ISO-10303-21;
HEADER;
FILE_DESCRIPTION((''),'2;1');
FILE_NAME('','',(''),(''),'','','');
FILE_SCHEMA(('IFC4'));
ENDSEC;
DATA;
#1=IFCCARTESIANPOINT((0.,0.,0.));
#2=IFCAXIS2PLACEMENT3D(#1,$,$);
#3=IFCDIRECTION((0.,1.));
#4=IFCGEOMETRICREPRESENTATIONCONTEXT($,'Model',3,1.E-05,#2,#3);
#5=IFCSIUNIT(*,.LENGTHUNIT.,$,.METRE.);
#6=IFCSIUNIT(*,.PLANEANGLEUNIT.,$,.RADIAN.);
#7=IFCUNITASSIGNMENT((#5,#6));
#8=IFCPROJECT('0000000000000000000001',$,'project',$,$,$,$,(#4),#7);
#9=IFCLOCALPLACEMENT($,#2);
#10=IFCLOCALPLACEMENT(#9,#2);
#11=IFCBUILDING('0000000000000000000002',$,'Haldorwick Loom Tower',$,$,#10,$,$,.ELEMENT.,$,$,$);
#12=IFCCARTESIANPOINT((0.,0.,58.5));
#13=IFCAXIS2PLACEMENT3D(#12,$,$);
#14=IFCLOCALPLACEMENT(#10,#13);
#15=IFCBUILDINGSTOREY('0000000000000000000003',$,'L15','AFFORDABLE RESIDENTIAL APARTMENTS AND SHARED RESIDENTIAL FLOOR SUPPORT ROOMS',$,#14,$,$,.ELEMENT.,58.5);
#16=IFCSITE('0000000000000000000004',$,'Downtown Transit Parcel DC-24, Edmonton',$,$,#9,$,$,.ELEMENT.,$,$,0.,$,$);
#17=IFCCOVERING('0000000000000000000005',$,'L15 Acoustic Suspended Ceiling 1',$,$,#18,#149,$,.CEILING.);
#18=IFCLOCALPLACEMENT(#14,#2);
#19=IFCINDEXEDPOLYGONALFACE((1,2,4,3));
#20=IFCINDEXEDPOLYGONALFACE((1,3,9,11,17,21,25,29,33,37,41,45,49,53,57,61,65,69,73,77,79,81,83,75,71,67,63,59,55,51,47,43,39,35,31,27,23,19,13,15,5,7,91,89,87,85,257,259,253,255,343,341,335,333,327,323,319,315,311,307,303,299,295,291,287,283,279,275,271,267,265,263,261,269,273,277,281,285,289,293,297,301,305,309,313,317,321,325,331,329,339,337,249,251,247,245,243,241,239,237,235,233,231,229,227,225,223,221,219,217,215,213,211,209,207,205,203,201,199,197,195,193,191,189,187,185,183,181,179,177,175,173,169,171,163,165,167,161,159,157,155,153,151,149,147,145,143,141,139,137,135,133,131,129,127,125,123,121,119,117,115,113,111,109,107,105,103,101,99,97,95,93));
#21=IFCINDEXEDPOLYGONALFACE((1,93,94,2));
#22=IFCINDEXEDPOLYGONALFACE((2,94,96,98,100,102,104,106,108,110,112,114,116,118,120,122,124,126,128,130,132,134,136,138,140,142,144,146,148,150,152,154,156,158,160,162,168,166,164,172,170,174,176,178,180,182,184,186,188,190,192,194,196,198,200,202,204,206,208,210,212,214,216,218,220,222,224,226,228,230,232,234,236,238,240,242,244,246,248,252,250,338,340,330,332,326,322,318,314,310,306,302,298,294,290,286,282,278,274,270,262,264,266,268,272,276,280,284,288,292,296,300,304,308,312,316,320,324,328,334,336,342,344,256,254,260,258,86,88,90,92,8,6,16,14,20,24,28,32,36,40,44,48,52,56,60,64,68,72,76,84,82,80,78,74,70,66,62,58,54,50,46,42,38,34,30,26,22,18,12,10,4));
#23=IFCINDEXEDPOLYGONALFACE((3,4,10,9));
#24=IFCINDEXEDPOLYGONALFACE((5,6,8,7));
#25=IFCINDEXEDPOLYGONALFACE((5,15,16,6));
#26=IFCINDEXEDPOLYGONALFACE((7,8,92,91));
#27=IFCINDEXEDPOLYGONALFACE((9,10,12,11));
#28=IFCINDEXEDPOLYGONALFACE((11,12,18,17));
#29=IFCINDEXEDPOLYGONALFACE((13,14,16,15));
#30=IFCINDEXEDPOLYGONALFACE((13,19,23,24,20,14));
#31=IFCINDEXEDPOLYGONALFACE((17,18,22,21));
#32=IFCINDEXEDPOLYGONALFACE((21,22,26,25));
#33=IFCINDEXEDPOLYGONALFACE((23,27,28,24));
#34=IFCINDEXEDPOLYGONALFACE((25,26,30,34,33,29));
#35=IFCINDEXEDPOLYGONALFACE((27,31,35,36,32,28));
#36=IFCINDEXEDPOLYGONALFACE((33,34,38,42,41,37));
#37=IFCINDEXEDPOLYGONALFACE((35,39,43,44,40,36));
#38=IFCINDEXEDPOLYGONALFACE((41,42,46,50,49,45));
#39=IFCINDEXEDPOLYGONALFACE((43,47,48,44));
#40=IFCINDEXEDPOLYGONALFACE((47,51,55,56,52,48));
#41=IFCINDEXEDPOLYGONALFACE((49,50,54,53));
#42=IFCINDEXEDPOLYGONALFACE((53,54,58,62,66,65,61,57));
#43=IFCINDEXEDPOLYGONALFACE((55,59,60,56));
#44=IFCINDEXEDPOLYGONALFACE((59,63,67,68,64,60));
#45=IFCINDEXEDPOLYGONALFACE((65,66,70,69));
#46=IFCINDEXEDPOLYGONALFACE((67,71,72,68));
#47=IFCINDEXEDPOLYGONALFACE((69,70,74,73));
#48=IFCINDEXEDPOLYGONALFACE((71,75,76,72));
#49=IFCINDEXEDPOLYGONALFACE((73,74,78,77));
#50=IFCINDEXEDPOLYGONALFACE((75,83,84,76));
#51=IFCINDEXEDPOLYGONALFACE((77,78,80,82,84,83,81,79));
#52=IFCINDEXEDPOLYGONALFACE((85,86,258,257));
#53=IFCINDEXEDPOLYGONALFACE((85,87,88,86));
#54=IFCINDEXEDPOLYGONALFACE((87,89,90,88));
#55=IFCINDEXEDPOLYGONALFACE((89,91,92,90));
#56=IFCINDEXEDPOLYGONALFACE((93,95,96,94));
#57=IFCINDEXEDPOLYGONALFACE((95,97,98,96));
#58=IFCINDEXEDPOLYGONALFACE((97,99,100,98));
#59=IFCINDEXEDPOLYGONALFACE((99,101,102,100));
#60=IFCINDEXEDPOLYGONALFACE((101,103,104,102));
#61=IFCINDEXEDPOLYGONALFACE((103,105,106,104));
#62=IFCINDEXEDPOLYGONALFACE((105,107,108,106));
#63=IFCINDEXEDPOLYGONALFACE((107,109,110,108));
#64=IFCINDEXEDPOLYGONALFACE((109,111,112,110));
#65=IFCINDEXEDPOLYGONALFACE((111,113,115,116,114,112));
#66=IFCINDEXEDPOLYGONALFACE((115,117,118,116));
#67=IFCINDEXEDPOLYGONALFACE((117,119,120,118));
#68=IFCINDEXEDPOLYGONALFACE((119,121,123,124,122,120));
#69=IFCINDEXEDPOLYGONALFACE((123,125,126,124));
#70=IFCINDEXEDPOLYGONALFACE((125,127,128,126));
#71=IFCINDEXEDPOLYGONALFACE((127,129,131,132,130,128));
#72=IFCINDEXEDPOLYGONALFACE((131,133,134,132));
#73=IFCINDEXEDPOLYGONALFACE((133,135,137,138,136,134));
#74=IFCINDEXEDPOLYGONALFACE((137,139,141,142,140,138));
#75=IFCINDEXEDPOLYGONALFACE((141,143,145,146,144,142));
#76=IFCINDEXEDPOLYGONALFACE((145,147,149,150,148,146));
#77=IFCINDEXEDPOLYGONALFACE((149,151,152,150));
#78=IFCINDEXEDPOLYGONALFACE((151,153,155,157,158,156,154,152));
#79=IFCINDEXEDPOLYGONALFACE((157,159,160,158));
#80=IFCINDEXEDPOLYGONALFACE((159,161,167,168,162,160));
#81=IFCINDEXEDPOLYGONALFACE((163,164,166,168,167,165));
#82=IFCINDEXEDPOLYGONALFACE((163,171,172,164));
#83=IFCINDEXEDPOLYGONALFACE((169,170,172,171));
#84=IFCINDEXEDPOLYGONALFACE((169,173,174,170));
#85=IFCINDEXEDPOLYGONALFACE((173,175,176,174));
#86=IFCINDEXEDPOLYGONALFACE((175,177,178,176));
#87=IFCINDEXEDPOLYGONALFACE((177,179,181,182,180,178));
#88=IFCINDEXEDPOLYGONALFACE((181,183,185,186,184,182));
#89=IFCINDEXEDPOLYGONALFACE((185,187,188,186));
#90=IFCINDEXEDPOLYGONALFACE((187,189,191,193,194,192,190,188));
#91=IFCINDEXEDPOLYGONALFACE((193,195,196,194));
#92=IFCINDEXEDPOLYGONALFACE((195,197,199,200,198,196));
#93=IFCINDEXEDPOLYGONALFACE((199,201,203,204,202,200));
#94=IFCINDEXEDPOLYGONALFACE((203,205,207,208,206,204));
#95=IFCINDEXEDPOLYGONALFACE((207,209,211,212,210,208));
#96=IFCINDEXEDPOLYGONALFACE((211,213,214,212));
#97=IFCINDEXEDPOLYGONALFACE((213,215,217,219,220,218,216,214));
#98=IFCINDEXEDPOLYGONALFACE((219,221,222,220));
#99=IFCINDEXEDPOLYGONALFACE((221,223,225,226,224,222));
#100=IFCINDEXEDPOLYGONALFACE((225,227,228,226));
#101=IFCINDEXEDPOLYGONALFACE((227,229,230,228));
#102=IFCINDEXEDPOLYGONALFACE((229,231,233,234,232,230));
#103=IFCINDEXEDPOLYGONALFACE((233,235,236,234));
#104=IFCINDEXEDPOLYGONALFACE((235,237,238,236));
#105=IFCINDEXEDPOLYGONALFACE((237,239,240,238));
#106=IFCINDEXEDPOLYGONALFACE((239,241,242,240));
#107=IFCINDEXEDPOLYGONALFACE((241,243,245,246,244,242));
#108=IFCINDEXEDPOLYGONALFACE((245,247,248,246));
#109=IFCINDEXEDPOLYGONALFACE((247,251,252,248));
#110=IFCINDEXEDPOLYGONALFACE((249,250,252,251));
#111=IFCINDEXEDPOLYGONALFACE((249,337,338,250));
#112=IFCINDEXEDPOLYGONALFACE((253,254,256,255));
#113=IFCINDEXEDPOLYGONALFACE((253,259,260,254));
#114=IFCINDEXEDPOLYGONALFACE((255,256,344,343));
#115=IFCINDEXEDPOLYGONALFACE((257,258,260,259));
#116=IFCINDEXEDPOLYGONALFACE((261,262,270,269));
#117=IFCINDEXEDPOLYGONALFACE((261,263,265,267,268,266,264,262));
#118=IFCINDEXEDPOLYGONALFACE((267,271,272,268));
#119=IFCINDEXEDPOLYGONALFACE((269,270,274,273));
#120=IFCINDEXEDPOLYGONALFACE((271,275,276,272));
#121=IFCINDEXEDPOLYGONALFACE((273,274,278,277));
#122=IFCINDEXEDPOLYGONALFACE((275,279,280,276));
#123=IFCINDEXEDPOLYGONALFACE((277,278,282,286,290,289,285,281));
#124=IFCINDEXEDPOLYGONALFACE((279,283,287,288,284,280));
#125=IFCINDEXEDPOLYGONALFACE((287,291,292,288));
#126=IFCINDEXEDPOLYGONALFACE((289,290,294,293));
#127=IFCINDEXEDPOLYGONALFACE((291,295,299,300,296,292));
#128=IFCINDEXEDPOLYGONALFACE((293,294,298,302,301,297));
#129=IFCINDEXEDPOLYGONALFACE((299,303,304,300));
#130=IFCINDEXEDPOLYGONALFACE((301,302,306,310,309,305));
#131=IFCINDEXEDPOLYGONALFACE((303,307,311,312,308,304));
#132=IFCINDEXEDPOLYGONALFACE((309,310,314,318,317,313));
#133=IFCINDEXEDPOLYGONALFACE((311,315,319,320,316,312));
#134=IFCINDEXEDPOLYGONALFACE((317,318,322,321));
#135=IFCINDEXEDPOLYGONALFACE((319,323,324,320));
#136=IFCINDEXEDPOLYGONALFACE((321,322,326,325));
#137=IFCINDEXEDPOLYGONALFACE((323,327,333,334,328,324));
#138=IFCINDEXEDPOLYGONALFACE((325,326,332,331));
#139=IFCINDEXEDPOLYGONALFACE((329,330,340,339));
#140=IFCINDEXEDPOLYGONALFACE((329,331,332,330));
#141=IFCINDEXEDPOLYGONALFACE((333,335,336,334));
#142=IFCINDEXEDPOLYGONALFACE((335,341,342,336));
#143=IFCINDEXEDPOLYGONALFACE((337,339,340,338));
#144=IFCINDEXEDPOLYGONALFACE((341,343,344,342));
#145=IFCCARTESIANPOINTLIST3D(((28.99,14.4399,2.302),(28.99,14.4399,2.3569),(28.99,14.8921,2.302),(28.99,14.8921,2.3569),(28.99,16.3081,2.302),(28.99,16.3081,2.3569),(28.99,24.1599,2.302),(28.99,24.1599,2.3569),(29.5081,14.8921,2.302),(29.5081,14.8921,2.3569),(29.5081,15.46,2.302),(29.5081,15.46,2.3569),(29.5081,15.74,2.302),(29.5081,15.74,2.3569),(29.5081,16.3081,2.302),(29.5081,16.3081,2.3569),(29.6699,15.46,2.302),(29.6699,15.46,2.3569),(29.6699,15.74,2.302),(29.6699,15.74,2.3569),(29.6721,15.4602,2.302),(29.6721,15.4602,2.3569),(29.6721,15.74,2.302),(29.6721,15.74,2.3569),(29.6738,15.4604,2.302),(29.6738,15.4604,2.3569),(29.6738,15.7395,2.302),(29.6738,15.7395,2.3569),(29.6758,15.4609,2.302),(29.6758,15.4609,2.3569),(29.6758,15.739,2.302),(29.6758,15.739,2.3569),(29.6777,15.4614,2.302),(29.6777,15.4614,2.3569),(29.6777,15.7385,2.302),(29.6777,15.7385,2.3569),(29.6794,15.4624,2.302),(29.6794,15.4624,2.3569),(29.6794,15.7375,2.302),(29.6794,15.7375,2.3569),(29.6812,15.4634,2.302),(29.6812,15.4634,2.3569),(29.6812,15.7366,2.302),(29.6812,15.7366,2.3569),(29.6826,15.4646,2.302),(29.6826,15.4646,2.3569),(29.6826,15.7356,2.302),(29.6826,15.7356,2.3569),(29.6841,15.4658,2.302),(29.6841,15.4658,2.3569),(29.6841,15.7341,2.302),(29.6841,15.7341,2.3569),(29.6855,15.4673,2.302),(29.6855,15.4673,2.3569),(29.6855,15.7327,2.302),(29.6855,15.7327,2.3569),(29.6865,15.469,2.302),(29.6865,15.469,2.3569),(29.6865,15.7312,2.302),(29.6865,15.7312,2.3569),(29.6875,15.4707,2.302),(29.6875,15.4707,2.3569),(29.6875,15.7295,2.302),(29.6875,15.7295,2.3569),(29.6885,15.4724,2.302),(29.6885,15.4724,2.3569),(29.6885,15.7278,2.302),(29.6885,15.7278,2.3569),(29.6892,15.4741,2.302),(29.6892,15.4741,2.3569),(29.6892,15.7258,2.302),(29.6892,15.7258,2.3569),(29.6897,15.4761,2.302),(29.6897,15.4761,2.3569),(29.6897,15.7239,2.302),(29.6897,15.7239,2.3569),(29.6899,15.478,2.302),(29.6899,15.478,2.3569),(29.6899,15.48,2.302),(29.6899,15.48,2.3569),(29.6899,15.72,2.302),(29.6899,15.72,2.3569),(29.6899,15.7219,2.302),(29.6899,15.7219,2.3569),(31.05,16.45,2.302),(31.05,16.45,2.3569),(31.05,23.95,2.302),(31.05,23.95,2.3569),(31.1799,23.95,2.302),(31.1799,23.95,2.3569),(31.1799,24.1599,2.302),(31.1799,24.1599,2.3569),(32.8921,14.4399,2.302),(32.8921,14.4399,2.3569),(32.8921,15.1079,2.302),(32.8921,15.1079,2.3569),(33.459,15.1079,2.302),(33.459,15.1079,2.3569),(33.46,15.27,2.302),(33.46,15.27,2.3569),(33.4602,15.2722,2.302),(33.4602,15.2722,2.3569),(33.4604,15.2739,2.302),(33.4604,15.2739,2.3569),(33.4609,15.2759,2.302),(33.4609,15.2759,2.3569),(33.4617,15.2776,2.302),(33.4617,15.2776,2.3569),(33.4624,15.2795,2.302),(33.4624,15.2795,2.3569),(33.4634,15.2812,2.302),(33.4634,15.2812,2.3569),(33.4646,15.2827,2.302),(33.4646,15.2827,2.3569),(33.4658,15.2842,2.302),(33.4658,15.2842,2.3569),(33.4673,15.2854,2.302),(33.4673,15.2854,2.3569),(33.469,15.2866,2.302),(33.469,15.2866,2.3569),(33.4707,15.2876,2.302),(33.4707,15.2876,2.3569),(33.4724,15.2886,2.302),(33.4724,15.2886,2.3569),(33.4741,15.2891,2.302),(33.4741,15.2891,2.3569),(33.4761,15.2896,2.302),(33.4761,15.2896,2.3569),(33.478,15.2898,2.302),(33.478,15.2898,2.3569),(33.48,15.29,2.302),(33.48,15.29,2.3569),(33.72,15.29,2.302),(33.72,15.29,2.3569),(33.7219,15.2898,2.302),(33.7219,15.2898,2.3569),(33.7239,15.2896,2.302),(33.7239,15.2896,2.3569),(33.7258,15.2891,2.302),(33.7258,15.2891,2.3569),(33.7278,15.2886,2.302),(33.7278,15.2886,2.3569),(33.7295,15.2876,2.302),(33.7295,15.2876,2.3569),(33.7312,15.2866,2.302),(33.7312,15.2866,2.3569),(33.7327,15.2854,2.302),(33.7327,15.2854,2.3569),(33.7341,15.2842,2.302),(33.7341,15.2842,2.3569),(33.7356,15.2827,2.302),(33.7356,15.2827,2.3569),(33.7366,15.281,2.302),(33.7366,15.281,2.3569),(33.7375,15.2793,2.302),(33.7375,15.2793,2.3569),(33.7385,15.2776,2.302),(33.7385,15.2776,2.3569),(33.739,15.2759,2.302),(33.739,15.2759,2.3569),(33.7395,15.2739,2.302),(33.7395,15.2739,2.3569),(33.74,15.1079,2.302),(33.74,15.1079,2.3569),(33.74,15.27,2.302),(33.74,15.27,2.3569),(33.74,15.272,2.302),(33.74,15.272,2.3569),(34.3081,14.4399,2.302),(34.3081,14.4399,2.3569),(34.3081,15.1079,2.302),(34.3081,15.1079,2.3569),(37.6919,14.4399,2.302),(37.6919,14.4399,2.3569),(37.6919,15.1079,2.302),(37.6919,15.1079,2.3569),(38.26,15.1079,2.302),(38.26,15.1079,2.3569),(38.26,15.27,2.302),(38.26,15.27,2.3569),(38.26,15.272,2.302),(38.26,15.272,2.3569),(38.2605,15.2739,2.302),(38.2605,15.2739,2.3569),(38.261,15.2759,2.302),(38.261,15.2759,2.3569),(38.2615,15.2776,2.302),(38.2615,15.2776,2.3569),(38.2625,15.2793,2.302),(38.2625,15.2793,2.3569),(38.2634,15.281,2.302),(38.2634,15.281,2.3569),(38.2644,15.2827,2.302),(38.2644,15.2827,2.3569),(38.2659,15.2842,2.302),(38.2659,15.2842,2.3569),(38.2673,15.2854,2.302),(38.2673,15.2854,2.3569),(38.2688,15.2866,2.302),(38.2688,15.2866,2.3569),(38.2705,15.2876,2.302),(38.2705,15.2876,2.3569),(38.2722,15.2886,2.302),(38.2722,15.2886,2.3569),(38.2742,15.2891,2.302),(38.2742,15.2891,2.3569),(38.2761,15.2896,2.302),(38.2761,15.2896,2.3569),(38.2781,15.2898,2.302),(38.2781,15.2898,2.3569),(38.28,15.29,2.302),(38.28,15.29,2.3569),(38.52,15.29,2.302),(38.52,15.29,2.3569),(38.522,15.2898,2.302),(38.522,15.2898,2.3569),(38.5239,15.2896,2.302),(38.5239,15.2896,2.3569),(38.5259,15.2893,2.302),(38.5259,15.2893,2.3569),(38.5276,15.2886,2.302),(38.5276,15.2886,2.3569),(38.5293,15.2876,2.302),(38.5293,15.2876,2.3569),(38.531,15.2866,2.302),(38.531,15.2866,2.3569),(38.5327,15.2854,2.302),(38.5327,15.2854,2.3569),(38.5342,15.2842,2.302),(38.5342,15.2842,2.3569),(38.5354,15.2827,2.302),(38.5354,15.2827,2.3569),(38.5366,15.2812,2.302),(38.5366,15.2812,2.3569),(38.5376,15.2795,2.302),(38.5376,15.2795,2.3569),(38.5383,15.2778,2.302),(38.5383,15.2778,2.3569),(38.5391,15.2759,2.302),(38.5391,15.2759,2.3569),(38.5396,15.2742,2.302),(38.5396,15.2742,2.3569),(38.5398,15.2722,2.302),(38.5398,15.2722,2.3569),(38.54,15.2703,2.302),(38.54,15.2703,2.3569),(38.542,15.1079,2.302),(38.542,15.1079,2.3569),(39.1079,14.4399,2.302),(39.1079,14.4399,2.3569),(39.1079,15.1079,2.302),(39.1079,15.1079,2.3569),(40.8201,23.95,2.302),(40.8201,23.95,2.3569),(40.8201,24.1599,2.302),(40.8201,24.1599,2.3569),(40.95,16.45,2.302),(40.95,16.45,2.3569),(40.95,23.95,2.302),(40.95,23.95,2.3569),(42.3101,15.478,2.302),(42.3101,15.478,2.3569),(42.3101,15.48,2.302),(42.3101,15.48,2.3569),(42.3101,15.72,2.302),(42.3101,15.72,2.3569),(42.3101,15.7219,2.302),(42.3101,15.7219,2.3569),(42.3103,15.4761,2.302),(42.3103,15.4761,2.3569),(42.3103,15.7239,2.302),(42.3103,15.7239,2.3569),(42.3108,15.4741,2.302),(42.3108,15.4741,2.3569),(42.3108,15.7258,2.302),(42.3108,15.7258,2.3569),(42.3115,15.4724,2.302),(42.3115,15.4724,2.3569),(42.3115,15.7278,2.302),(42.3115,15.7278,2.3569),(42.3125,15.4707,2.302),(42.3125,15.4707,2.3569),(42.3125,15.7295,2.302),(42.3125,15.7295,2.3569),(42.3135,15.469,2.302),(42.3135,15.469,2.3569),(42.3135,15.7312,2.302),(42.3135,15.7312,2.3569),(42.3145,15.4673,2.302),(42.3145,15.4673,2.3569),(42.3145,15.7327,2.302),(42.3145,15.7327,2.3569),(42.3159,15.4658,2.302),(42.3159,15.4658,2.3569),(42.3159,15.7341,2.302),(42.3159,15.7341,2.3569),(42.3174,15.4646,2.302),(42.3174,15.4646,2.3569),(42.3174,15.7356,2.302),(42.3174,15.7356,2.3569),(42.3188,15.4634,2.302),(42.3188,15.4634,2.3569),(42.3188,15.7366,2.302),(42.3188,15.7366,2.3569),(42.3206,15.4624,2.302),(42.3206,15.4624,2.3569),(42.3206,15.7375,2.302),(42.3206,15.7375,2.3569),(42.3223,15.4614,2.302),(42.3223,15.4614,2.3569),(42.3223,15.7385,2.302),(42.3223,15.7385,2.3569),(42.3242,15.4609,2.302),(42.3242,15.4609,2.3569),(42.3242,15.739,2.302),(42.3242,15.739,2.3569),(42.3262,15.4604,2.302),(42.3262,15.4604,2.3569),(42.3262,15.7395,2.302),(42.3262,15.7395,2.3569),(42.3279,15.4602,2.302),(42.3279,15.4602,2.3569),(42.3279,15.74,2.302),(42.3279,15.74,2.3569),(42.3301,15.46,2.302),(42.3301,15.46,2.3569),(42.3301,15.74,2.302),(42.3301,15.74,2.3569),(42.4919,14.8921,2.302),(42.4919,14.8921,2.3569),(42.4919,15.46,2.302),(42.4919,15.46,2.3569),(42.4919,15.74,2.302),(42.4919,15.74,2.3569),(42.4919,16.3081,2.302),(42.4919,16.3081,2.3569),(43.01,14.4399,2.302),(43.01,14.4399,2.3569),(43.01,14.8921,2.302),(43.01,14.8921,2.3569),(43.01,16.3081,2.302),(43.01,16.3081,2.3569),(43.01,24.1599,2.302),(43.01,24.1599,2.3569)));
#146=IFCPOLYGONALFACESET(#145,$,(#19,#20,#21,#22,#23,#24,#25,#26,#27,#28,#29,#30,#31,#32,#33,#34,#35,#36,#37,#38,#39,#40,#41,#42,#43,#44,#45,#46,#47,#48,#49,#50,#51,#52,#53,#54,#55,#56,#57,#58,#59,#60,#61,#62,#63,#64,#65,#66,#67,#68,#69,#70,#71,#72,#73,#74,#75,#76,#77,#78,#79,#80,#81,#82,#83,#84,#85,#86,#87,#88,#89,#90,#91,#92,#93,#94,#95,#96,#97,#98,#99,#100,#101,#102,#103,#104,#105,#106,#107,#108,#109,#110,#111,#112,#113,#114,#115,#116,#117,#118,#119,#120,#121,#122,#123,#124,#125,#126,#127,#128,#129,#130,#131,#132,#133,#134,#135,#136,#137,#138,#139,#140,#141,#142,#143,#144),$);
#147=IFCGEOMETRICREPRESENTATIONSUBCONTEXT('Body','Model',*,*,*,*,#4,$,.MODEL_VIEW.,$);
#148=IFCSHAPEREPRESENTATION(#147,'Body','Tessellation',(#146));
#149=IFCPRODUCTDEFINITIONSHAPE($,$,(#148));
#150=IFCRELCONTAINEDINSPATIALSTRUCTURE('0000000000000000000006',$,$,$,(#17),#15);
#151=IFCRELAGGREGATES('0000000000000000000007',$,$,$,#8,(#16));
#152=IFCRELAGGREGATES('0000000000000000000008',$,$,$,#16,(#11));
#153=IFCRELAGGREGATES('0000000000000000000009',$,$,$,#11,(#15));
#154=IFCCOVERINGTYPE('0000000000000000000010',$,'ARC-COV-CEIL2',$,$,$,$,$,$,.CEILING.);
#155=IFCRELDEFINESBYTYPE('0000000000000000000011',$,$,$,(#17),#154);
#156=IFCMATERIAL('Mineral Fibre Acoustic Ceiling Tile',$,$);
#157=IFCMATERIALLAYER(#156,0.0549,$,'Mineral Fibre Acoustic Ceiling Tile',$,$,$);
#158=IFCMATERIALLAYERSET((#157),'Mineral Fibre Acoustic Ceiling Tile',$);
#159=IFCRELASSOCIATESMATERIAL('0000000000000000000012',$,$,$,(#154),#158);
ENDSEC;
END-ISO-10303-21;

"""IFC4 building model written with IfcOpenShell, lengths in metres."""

from ifc_helpers import new_model, si_unit, direction, frame, origin, place, context, subcontext, project, spatial, polyline, outline, extrude, material, layer, layer_set, type_object, element, save


model = new_model("IFC4")

# Units and contexts
model_context = context("Model", 3, precision=1e-05, world=origin(), true_north=direction((0.0, 1.0)))
body_context = subcontext(model_context, "Body", "Model", "MODEL_VIEW")
ifc_project = project(units=[si_unit("LENGTHUNIT", "METRE"), si_unit("PLANEANGLEUNIT", "RADIAN")], contexts=[model_context])

# Site, building, storey
site_placement = place(None, origin())
site = spatial("IfcSite", under=ifc_project, at=site_placement, Name="Downtown Transit Parcel DC-24, Edmonton", CompositionType="ELEMENT", RefElevation=0.0)
building_placement = place(site_placement, origin())
building = spatial("IfcBuilding", under=site, at=building_placement, Name="Haldorwick Loom Tower", CompositionType="ELEMENT")
storey_placement = place(building_placement, frame((0.0, 0.0, 58.5)))
storey = spatial("IfcBuildingStorey", under=building, at=storey_placement, Name="L15", Description="AFFORDABLE RESIDENTIAL APARTMENTS AND SHARED RESIDENTIAL FLOOR SUPPORT ROOMS", CompositionType="ELEMENT", Elevation=58.5)

# Covering
ifc_material_1 = material(Name="Mineral Fibre Acoustic Ceiling Tile")
ifc_layer_1 = layer(ifc_material_1, 0.0549, Name="Mineral Fibre Acoustic Ceiling Tile")
ifc_layer_set_1 = layer_set([ifc_layer_1], Name="Mineral Fibre Acoustic Ceiling Tile")
covering_type_1 = type_object("IfcCoveringType", Name="ARC-COV-CEIL2", PredefinedType="CEILING", material=ifc_layer_set_1)
covering_1_placement = place(storey_placement, frame((0.0, 0.0, 2.302)))
element("IfcCovering", 1, at=covering_1_placement, inside=storey, type_object=covering_type_1, Name="L15 Acoustic Suspended Ceiling 1", PredefinedType="CEILING", context=body_context, shape_type="SweptSolid", body=[
    extrude(outline(polyline([(37.6919, 14.4399), (37.6919, 15.1079), (38.26, 15.1079), (38.26, 15.27), (38.26, 15.272), (38.2605, 15.2739), (38.261, 15.2759), (38.2615, 15.2776), (38.2625, 15.2793), (38.2634, 15.281), (38.2644, 15.2827), (38.2659, 15.2842), (38.2673, 15.2854), (38.2688, 15.2866), (38.2705, 15.2876), (38.2722, 15.2886), (38.2742, 15.2891), (38.2761, 15.2896), (38.2781, 15.2898), (38.28, 15.29), (38.52, 15.29), (38.522, 15.2898), (38.5239, 15.2896), (38.5259, 15.2893), (38.5276, 15.2886), (38.5293, 15.2876), (38.531, 15.2866), (38.5327, 15.2854), (38.5342, 15.2842), (38.5354, 15.2827), (38.5366, 15.2812), (38.5376, 15.2795), (38.5383, 15.2778), (38.5391, 15.2759), (38.5396, 15.2742), (38.5398, 15.2722), (38.54, 15.2703), (38.542, 15.1079), (39.1079, 15.1079), (39.1079, 14.4399), (43.01, 14.4399), (43.01, 14.8921), (42.4919, 14.8921), (42.4919, 15.46), (42.3301, 15.46), (42.3279, 15.4602), (42.3262, 15.4604), (42.3242, 15.4609), (42.3223, 15.4614), (42.3206, 15.4624), (42.3188, 15.4634), (42.3174, 15.4646), (42.3159, 15.4658), (42.3145, 15.4673), (42.3135, 15.469), (42.3125, 15.4707), (42.3115, 15.4724), (42.3108, 15.4741), (42.3103, 15.4761), (42.3101, 15.478), (42.3101, 15.48), (42.3101, 15.72), (42.3101, 15.7219), (42.3103, 15.7239), (42.3108, 15.7258), (42.3115, 15.7278), (42.3125, 15.7295), (42.3135, 15.7312), (42.3145, 15.7327), (42.3159, 15.7341), (42.3174, 15.7356), (42.3188, 15.7366), (42.3206, 15.7375), (42.3223, 15.7385), (42.3242, 15.739), (42.3262, 15.7395), (42.3279, 15.74), (42.3301, 15.74), (42.4919, 15.74), (42.4919, 16.3081), (43.01, 16.3081), (43.01, 24.1599), (40.8201, 24.1599), (40.8201, 23.95), (40.95, 23.95), (40.95, 16.45), (31.05, 16.45), (31.05, 23.95), (31.1799, 23.95), (31.1799, 24.1599), (28.99, 24.1599), (28.99, 16.3081), (29.5081, 16.3081), (29.5081, 15.74), (29.6699, 15.74), (29.6721, 15.74), (29.6738, 15.7395), (29.6758, 15.739), (29.6777, 15.7385), (29.6794, 15.7375), (29.6812, 15.7366), (29.6826, 15.7356), (29.6841, 15.7341), (29.6855, 15.7327), (29.6865, 15.7312), (29.6875, 15.7295), (29.6885, 15.7278), (29.6892, 15.7258), (29.6897, 15.7239), (29.6899, 15.7219), (29.6899, 15.72), (29.6899, 15.48), (29.6899, 15.478), (29.6897, 15.4761), (29.6892, 15.4741), (29.6885, 15.4724), (29.6875, 15.4707), (29.6865, 15.469), (29.6855, 15.4673), (29.6841, 15.4658), (29.6826, 15.4646), (29.6812, 15.4634), (29.6794, 15.4624), (29.6777, 15.4614), (29.6758, 15.4609), (29.6738, 15.4604), (29.6721, 15.4602), (29.6699, 15.46), (29.5081, 15.46), (29.5081, 14.8921), (28.99, 14.8921), (28.99, 14.4399), (32.8921, 14.4399), (32.8921, 15.1079), (33.459, 15.1079), (33.46, 15.27), (33.4602, 15.2722), (33.4604, 15.2739), (33.4609, 15.2759), (33.4617, 15.2776), (33.4624, 15.2795), (33.4634, 15.2812), (33.4646, 15.2827), (33.4658, 15.2842), (33.4673, 15.2854), (33.469, 15.2866), (33.4707, 15.2876), (33.4724, 15.2886), (33.4741, 15.2891), (33.4761, 15.2896), (33.478, 15.2898), (33.48, 15.29), (33.72, 15.29), (33.7219, 15.2898), (33.7239, 15.2896), (33.7258, 15.2891), (33.7278, 15.2886), (33.7295, 15.2876), (33.7312, 15.2866), (33.7327, 15.2854), (33.7341, 15.2842), (33.7356, 15.2827), (33.7366, 15.281), (33.7375, 15.2793), (33.7385, 15.2776), (33.739, 15.2759), (33.7395, 15.2739), (33.74, 15.272), (33.74, 15.27), (33.74, 15.1079), (34.3081, 15.1079), (34.3081, 14.4399), (37.6919, 14.4399)])), origin(), (0.0, 0.0, 1.0), 0.0549),
])

save(model, "model.ifc")
